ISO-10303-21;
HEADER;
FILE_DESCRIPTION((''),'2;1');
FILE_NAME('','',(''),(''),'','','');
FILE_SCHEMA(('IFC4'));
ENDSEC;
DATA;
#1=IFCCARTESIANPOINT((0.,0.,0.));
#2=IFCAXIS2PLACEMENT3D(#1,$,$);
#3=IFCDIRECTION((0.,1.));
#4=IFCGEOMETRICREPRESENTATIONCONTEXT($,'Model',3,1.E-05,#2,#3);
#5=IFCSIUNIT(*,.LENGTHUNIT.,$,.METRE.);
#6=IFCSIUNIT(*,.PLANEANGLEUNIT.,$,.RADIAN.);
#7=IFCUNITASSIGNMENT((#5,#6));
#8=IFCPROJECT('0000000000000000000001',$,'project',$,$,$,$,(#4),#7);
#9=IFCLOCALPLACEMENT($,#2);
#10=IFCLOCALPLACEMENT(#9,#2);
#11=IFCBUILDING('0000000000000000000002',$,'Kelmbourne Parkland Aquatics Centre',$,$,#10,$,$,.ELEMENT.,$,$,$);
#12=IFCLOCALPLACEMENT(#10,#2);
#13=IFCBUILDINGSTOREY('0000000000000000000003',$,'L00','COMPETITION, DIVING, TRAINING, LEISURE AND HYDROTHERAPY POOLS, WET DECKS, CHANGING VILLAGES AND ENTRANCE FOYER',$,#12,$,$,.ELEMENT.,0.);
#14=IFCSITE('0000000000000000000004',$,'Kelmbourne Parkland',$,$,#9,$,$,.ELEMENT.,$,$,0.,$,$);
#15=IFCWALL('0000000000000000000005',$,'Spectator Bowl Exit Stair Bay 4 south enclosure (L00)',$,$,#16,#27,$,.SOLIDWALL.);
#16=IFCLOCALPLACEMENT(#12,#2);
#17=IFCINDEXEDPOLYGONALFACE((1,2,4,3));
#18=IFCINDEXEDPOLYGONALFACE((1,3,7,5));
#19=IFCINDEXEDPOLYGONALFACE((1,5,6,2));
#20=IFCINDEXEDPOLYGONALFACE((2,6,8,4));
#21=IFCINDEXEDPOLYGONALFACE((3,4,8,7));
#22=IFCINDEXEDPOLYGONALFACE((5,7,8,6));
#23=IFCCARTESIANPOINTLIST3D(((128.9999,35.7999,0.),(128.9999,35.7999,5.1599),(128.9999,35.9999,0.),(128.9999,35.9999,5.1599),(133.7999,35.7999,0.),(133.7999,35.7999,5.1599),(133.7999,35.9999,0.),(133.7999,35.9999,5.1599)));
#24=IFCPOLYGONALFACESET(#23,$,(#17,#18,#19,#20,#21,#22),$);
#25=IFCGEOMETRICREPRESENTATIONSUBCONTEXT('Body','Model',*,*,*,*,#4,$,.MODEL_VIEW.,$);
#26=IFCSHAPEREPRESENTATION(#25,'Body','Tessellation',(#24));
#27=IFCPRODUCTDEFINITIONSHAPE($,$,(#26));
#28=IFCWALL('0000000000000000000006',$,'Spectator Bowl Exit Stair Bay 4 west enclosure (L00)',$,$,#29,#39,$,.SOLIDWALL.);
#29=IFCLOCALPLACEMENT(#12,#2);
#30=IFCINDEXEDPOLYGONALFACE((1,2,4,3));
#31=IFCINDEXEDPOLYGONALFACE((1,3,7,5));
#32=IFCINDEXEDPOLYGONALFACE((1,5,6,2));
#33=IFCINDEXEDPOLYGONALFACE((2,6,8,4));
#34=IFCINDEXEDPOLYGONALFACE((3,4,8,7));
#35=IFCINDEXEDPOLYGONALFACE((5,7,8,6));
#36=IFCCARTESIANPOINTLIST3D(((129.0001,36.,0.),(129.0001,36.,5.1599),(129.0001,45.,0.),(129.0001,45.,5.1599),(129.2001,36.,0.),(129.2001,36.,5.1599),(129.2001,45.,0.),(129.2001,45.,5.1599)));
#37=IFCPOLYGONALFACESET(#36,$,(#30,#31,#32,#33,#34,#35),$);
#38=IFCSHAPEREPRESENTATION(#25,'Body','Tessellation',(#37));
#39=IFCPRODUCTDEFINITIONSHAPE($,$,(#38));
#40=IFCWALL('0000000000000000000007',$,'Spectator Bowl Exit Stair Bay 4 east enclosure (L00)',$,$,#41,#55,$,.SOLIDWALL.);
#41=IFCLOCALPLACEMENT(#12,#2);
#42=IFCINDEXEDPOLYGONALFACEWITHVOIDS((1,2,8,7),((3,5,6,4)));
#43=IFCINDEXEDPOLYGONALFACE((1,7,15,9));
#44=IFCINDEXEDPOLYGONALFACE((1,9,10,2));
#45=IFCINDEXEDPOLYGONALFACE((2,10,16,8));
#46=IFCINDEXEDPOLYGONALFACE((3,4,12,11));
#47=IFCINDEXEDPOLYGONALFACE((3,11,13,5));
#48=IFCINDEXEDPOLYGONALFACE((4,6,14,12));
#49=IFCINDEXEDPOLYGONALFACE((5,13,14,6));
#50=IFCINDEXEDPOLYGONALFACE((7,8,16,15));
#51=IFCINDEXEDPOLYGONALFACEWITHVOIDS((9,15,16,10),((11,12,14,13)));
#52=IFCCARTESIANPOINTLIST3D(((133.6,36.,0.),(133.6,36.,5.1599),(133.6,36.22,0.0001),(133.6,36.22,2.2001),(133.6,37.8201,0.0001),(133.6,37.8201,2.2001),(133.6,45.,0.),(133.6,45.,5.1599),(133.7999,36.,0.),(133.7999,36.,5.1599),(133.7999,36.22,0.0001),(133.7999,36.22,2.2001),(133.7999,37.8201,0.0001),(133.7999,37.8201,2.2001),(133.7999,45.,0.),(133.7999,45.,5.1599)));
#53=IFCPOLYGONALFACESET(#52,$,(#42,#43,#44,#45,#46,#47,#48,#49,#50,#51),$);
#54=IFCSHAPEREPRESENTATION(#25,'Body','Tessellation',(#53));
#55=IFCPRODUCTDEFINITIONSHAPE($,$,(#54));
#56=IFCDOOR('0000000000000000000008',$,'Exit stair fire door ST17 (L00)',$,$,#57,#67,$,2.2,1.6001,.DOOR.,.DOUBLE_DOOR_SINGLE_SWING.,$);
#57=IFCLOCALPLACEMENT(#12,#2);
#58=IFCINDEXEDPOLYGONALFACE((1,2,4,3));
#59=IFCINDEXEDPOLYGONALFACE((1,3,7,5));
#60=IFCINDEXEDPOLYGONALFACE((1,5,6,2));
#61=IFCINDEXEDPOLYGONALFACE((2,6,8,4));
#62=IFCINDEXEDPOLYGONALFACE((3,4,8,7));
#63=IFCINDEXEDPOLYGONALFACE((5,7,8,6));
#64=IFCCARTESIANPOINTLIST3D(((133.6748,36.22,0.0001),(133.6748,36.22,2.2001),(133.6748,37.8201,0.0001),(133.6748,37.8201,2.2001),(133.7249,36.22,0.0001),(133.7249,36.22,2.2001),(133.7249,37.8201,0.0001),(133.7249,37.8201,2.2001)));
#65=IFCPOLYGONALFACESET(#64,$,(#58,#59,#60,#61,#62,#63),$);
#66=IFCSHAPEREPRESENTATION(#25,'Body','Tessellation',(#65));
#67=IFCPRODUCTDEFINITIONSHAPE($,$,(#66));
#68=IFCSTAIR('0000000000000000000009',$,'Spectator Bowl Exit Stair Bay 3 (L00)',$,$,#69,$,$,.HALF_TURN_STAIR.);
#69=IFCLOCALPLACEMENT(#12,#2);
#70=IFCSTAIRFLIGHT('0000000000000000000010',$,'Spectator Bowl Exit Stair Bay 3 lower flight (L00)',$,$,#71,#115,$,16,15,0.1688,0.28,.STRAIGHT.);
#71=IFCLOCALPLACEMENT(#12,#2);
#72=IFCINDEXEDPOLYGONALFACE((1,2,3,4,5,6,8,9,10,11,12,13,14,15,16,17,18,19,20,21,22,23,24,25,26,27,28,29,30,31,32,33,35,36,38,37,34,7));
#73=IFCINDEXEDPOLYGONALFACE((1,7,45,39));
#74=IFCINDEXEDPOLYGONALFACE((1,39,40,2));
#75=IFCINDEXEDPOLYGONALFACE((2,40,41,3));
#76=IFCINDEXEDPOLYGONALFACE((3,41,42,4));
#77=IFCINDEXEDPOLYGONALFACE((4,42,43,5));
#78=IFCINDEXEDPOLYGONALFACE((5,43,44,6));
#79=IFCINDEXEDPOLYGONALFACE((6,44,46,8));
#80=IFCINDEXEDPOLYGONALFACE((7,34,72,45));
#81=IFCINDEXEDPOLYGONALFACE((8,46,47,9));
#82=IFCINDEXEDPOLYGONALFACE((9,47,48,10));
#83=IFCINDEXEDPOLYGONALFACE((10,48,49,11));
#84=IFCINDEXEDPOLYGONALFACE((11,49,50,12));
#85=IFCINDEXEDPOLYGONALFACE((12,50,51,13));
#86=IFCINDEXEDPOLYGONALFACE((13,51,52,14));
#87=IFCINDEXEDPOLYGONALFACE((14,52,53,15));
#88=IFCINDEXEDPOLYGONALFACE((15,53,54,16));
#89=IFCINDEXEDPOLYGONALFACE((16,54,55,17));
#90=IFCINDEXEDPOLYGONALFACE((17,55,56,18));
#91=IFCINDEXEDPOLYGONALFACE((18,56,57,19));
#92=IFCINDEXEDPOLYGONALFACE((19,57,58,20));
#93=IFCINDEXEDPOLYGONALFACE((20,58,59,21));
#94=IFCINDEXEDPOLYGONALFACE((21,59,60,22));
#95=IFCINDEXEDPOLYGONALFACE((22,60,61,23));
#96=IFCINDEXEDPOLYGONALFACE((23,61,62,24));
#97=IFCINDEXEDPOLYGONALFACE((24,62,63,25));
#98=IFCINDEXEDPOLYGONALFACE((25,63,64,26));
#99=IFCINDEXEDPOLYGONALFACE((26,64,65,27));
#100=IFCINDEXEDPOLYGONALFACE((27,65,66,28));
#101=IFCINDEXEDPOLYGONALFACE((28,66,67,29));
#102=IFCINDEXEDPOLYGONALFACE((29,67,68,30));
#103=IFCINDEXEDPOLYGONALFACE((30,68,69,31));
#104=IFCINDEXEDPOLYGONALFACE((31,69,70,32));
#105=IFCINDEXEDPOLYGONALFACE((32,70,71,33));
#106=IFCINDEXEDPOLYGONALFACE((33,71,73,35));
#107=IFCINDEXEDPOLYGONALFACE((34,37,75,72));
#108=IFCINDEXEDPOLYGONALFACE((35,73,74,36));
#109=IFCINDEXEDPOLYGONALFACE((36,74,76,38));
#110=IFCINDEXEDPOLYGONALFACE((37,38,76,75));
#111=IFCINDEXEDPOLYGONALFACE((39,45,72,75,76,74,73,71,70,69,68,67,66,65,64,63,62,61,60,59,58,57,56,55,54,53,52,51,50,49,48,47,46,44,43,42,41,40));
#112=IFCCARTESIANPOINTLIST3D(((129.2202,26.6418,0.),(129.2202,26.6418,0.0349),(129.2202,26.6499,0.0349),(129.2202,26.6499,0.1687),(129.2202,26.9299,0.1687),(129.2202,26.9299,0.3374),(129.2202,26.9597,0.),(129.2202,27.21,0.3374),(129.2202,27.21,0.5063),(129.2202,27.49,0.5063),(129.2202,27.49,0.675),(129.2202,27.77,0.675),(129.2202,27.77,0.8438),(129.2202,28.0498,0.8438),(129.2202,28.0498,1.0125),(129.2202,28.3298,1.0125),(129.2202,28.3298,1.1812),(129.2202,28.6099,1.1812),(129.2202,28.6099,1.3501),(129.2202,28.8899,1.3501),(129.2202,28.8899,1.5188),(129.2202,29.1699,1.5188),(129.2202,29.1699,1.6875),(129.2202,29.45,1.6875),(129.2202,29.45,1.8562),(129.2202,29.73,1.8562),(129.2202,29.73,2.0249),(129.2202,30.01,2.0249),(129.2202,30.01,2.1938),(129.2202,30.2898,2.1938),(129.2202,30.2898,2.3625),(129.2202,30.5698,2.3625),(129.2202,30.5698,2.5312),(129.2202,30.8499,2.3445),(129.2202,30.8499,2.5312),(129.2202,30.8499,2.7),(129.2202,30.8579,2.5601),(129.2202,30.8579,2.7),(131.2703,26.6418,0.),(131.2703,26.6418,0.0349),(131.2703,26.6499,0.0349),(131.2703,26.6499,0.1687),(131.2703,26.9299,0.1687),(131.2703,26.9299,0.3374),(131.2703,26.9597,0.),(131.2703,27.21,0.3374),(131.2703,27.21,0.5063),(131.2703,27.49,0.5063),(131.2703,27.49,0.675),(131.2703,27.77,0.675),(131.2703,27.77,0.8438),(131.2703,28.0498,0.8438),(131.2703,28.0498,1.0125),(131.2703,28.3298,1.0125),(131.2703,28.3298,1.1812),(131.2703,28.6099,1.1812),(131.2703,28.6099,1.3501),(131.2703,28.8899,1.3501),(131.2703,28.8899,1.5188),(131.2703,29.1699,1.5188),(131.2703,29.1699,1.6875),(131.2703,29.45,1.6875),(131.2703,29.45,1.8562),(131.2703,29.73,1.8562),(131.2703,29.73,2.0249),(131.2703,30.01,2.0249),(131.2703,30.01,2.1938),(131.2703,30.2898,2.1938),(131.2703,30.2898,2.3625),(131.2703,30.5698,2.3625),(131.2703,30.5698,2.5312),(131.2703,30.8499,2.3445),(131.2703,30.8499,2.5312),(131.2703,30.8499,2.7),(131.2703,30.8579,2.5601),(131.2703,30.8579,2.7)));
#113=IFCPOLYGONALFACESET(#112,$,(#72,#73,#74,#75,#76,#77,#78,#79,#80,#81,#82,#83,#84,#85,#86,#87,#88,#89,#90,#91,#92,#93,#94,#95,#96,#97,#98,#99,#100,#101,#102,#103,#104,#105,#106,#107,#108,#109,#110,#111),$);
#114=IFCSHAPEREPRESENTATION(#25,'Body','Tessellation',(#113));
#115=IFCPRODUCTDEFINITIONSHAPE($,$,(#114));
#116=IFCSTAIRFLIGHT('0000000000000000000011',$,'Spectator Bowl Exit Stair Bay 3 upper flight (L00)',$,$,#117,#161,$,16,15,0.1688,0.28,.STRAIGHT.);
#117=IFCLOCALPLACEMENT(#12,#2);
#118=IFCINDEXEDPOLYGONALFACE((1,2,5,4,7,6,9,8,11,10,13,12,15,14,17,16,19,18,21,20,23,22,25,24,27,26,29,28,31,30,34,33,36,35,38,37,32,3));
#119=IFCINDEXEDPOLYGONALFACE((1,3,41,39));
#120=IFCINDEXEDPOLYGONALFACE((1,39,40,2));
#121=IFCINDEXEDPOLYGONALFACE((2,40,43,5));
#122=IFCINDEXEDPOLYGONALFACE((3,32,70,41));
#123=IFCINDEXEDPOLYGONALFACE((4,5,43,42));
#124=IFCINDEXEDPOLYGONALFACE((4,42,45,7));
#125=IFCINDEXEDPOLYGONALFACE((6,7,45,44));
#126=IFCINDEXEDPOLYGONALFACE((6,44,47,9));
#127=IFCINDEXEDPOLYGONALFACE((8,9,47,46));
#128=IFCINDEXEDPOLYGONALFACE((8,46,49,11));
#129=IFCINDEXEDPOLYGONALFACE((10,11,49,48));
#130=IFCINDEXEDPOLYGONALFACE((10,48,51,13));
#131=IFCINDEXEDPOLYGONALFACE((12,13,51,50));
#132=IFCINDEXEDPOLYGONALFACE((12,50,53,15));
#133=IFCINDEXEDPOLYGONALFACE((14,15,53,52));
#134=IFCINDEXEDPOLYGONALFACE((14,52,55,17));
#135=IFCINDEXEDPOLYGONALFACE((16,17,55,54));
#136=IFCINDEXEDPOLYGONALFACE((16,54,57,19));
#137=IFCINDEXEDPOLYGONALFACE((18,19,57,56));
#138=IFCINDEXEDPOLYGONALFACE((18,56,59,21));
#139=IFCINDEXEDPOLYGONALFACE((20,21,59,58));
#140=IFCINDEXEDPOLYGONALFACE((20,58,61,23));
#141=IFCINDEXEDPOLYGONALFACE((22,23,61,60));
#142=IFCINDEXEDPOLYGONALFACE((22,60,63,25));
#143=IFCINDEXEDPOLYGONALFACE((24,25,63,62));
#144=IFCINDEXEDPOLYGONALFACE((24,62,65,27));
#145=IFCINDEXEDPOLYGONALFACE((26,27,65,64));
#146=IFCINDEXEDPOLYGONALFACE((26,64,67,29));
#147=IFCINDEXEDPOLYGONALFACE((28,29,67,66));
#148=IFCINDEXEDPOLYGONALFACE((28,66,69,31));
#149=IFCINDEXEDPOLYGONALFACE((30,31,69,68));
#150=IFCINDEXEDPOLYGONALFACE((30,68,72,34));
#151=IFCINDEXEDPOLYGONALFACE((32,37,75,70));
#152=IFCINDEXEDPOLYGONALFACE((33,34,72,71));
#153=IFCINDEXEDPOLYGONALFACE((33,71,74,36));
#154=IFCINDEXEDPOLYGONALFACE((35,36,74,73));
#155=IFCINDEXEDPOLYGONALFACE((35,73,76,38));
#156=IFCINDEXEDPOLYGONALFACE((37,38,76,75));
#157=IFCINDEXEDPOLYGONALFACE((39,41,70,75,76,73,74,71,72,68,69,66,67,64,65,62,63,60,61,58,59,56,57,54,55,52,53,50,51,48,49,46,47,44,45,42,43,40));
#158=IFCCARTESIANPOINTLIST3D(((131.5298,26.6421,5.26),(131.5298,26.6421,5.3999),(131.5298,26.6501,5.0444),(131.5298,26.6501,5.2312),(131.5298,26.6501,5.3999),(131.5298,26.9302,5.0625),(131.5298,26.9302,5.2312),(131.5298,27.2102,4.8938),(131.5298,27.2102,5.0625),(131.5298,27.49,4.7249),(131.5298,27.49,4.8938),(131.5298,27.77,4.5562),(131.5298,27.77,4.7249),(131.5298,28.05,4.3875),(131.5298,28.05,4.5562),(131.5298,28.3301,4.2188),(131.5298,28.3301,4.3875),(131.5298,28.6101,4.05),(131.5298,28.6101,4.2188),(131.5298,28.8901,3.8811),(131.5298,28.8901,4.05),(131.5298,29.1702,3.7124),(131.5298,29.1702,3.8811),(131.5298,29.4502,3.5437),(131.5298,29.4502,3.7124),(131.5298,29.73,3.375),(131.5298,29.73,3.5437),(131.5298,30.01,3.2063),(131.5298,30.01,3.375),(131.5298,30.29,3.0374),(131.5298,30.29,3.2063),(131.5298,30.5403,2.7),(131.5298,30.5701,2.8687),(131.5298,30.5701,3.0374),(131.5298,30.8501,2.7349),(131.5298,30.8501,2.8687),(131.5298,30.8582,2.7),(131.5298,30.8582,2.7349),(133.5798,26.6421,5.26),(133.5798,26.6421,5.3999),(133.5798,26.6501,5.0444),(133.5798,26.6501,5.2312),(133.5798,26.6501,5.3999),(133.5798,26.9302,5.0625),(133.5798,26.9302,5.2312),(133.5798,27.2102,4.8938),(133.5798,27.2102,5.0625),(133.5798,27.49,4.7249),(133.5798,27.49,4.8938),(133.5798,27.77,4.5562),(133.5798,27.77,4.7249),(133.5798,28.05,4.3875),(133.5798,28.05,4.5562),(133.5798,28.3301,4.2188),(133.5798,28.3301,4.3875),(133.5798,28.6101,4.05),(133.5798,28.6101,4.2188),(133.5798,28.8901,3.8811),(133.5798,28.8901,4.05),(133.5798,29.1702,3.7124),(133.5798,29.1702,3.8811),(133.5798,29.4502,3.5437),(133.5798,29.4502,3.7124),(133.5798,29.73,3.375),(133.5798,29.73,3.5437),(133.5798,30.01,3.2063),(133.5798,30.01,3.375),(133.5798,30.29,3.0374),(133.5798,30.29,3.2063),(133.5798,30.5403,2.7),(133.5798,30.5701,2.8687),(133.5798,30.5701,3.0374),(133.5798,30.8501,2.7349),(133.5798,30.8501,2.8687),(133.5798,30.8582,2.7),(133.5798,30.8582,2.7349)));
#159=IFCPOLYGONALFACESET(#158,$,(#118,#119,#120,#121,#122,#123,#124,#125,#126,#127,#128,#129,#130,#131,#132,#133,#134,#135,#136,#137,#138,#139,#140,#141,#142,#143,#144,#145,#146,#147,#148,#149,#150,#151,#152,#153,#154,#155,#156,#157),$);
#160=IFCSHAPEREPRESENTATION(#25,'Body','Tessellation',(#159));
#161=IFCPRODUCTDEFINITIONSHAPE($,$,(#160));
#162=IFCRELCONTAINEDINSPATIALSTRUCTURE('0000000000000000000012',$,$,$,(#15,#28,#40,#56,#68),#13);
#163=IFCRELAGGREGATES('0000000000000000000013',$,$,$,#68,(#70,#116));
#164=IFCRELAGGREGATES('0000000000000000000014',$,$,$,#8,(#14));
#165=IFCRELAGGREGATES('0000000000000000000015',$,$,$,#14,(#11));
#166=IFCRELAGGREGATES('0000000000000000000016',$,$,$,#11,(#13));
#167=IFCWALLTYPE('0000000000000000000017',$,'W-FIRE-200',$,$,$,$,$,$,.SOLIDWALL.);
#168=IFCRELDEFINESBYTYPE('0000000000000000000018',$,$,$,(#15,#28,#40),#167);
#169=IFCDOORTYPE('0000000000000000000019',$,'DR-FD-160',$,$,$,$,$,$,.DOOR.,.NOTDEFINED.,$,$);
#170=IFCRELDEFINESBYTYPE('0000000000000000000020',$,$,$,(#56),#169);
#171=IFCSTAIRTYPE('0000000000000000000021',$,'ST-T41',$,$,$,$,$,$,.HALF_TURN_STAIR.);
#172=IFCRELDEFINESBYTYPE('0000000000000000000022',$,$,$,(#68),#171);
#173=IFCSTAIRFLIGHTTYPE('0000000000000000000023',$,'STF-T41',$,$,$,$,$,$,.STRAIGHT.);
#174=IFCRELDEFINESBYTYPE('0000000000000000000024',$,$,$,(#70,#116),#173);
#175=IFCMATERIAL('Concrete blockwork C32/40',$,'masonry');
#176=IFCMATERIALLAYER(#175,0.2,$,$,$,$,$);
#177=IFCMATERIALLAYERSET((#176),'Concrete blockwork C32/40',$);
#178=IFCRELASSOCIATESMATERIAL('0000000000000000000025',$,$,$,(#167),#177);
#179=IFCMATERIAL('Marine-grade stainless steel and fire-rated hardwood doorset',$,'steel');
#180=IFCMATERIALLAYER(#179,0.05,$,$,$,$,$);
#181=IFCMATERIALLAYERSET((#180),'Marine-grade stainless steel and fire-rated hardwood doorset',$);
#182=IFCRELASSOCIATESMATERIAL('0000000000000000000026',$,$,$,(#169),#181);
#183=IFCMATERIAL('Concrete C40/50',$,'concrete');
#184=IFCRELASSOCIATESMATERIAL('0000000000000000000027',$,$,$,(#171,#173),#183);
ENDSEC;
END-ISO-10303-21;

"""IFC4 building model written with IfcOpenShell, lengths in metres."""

from ifc_helpers import new_model, si_unit, direction, frame, frame_2d, origin, place, context, subcontext, project, spatial, polyline, rectangle, outline, extrude, material, layer, layer_set, type_object, element, fill, aggregate, save


model = new_model("IFC4")

# Units and contexts
model_context = context("Model", 3, precision=1e-05, world=origin(), true_north=direction((0.0, 1.0)))
body_context = subcontext(model_context, "Body", "Model", "MODEL_VIEW")
ifc_project = project(units=[si_unit("LENGTHUNIT", "METRE"), si_unit("PLANEANGLEUNIT", "RADIAN")], contexts=[model_context])

# Site, building, storey
site_placement = place(None, origin())
site = spatial("IfcSite", under=ifc_project, at=site_placement, Name="Kelmbourne Parkland", CompositionType="ELEMENT", RefElevation=0.0)
building_placement = place(site_placement, origin())
building = spatial("IfcBuilding", under=site, at=building_placement, Name="Kelmbourne Parkland Aquatics Centre", CompositionType="ELEMENT")
storey_placement = place(building_placement, origin())
storey = spatial("IfcBuildingStorey", under=building, at=storey_placement, Name="L00", Description="COMPETITION, DIVING, TRAINING, LEISURE AND HYDROTHERAPY POOLS, WET DECKS, CHANGING VILLAGES AND ENTRANCE FOYER", CompositionType="ELEMENT", Elevation=0.0)

# Shared definitions
ifc_material_1 = material(Name="Concrete C40/50", Category="concrete")

# Shared definitions
ifc_material_2 = material(Name="Concrete blockwork C32/40", Category="masonry")
ifc_layer_1 = layer(ifc_material_2, 0.2)
ifc_layer_set_1 = layer_set([ifc_layer_1], Name="Concrete blockwork C32/40")
wall_type = type_object("IfcWallType", Name="W-FIRE-200", PredefinedType="SOLIDWALL", material=ifc_layer_set_1)

# Shared definitions
ifc_material_3 = material(Name="Marine-grade stainless steel and fire-rated hardwood doorset", Category="steel")
ifc_layer_2 = layer(ifc_material_3, 0.05)
ifc_layer_set_2 = layer_set([ifc_layer_2], Name="Marine-grade stainless steel and fire-rated hardwood doorset")
door_type = type_object("IfcDoorType", Name="DR-FD-160", OperationType="NOTDEFINED", PredefinedType="DOOR", material=ifc_layer_set_2)

# Walls
wall_1_placement = place(storey_placement, frame((129.0, 35.8999, 0.0), z_axis=(0.0, 0.0, 1.0), x_axis=(1.0, 0.0, 0.0)))
element("IfcWall", 1, at=wall_1_placement, inside=storey, type_object=wall_type, Name="Spectator Bowl Exit Stair Bay 4 south enclosure (L00)", PredefinedType="SOLIDWALL", context=body_context, shape_type="SweptSolid", body=[
    extrude(rectangle(XDim=4.8, YDim=0.2, at=frame_2d((2.3999, 0.0))), origin(), (0.0, 0.0, 1.0), 5.1599),
])
wall_2_placement = place(storey_placement, frame((129.1001, 36.0, 0.0), z_axis=(0.0, 0.0, 1.0), x_axis=(0.0, 1.0, 0.0)))
element("IfcWall", 2, at=wall_2_placement, inside=storey, type_object=wall_type, Name="Spectator Bowl Exit Stair Bay 4 west enclosure (L00)", PredefinedType="SOLIDWALL", context=body_context, shape_type="SweptSolid", body=[
    extrude(rectangle(XDim=9.0, YDim=0.2, at=frame_2d((4.5, 0.0))), origin(), (0.0, 0.0, 1.0), 5.1599),
])

# Wall, opening, door
wall_3_placement = place(storey_placement, frame((133.7, 36.0, 0.0), z_axis=(0.0, 0.0, 1.0), x_axis=(0.0, 1.0, 0.0)))
wall_3 = element("IfcWall", 3, at=wall_3_placement, inside=storey, type_object=wall_type, Name="Spectator Bowl Exit Stair Bay 4 east enclosure (L00)", PredefinedType="SOLIDWALL", context=body_context, shape_type="SweptSolid", body=[
    extrude(rectangle(XDim=9.0, YDim=0.2, at=frame_2d((4.5, 0.0))), origin(), (0.0, 0.0, 1.0), 5.1599),
])
opening_1_placement = place(wall_3_placement, frame((0.22, 0.0, 0.0)))
opening_1 = element("IfcOpeningElement", 4, at=opening_1_placement, cuts=wall_3, PredefinedType="OPENING", context=body_context, shape_type="SweptSolid", body=[
    extrude(rectangle(XDim=1.6001, YDim=2.2, at=frame_2d((0.8, 1.1001))), frame((0.0, 0.1118, 0.0), z_axis=(0.0, -1.0, 0.0), x_axis=(1.0, 0.0, 0.0)), (0.0, 0.0, 1.0), 0.2239),
])
door_1_placement = place(opening_1_placement, frame((1.6001, 0.0, 0.0), z_axis=(0.0, 0.0, 1.0), x_axis=(-1.0, 0.0, 0.0)))
door_1 = element("IfcDoor", 5, at=door_1_placement, inside=storey, type_object=door_type, Name="Exit stair fire door ST17 (L00)", OperationType="DOUBLE_DOOR_SINGLE_SWING", OverallHeight=2.2, OverallWidth=1.6001, PredefinedType="DOOR", context=body_context, shape_type="SweptSolid", body=[
    extrude(rectangle(XDim=1.6001, YDim=2.2, at=frame_2d((0.8, 1.1001))), frame((0.0, 0.0249, 0.0), z_axis=(0.0, -1.0, 0.0), x_axis=(1.0, 0.0, 0.0)), (0.0, 0.0, 1.0), 0.05),
])
fill(opening_1, door_1)

# Stair, stair flights
stair_type = type_object("IfcStairType", Name="ST-T41", PredefinedType="HALF_TURN_STAIR", material=ifc_material_1)
stair_placement = place(storey_placement, origin())
stair = element("IfcStair", 6, at=stair_placement, inside=storey, type_object=stair_type, Name="Spectator Bowl Exit Stair Bay 3 (L00)", PredefinedType="HALF_TURN_STAIR")
stair_flight_type = type_object("IfcStairFlightType", Name="STF-T41", PredefinedType="STRAIGHT", material=ifc_material_1)
stair_flight_1_placement = place(storey_placement, frame((130.2451, 26.6499, 0.0), z_axis=(0.0, 0.0, 1.0), x_axis=(0.0, 1.0, 0.0)))
stair_flight_1 = element("IfcStairFlight", 7, at=stair_flight_1_placement, type_object=stair_flight_type, Name="Spectator Bowl Exit Stair Bay 3 lower flight (L00)", NumberOfRisers=16, NumberOfTreads=15, PredefinedType="STRAIGHT", RiserHeight=0.1688, TreadLength=0.28, context=body_context, shape_type="SweptSolid", body=[
    extrude(outline(polyline([(-0.0081, 0.0), (-0.0081, 0.0349), (0.0, 0.0349), (0.0, 0.1687), (0.28, 0.1687), (0.28, 0.3374), (0.5601, 0.3374), (0.5601, 0.5063), (0.8401, 0.5063), (0.8401, 0.675), (1.1201, 0.675), (1.1201, 0.8438), (1.3999, 0.8438), (1.3999, 1.0125), (1.6799, 1.0125), (1.6799, 1.1812), (1.96, 1.1812), (1.96, 1.3501), (2.24, 1.3501), (2.24, 1.5188), (2.52, 1.5188), (2.52, 1.6875), (2.8, 1.6875), (2.8, 1.8562), (3.0801, 1.8562), (3.0801, 2.0249), (3.3601, 2.0249), (3.3601, 2.1938), (3.6399, 2.1938), (3.6399, 2.3625), (3.9199, 2.3625), (3.9199, 2.5312), (4.2, 2.5312), (4.2, 2.7), (4.208, 2.7), (4.208, 2.5601), (4.2, 2.3445), (0.3098, 0.0), (-0.0081, 0.0)])), frame((0.0, 1.0249, 0.0), z_axis=(0.0, -1.0, 0.0), x_axis=(1.0, 0.0, 0.0)), (0.0, 0.0, 1.0), 2.05),
])
stair_flight_2_placement = place(storey_placement, frame((132.5549, 30.8501, 2.7), z_axis=(0.0, 0.0, 1.0), x_axis=(0.0, -1.0, 0.0)))
stair_flight_2 = element("IfcStairFlight", 8, at=stair_flight_2_placement, type_object=stair_flight_type, Name="Spectator Bowl Exit Stair Bay 3 upper flight (L00)", NumberOfRisers=16, NumberOfTreads=15, PredefinedType="STRAIGHT", RiserHeight=0.1688, TreadLength=0.28, context=body_context, shape_type="SweptSolid", body=[
    extrude(outline(polyline([(-0.0081, 0.0), (-0.0081, 0.0349), (0.0, 0.0349), (0.0, 0.1687), (0.28, 0.1687), (0.28, 0.3374), (0.5601, 0.3374), (0.5601, 0.5063), (0.8401, 0.5063), (0.8401, 0.675), (1.1201, 0.675), (1.1201, 0.8438), (1.3999, 0.8438), (1.3999, 1.0125), (1.6799, 1.0125), (1.6799, 1.1812), (1.96, 1.1812), (1.96, 1.3501), (2.24, 1.3501), (2.24, 1.5188), (2.52, 1.5188), (2.52, 1.6875), (2.8, 1.6875), (2.8, 1.8562), (3.0801, 1.8562), (3.0801, 2.0249), (3.3601, 2.0249), (3.3601, 2.1938), (3.6399, 2.1938), (3.6399, 2.3625), (3.9199, 2.3625), (3.9199, 2.5312), (4.2, 2.5312), (4.2, 2.7), (4.208, 2.7), (4.208, 2.5601), (4.2, 2.3445), (0.3098, 0.0), (-0.0081, 0.0)])), frame((0.0, 1.0249, 0.0), z_axis=(0.0, -1.0, 0.0), x_axis=(1.0, 0.0, 0.0)), (0.0, 0.0, 1.0), 2.05),
])
aggregate(stair, [stair_flight_1, stair_flight_2])

save(model, "model.ifc")
